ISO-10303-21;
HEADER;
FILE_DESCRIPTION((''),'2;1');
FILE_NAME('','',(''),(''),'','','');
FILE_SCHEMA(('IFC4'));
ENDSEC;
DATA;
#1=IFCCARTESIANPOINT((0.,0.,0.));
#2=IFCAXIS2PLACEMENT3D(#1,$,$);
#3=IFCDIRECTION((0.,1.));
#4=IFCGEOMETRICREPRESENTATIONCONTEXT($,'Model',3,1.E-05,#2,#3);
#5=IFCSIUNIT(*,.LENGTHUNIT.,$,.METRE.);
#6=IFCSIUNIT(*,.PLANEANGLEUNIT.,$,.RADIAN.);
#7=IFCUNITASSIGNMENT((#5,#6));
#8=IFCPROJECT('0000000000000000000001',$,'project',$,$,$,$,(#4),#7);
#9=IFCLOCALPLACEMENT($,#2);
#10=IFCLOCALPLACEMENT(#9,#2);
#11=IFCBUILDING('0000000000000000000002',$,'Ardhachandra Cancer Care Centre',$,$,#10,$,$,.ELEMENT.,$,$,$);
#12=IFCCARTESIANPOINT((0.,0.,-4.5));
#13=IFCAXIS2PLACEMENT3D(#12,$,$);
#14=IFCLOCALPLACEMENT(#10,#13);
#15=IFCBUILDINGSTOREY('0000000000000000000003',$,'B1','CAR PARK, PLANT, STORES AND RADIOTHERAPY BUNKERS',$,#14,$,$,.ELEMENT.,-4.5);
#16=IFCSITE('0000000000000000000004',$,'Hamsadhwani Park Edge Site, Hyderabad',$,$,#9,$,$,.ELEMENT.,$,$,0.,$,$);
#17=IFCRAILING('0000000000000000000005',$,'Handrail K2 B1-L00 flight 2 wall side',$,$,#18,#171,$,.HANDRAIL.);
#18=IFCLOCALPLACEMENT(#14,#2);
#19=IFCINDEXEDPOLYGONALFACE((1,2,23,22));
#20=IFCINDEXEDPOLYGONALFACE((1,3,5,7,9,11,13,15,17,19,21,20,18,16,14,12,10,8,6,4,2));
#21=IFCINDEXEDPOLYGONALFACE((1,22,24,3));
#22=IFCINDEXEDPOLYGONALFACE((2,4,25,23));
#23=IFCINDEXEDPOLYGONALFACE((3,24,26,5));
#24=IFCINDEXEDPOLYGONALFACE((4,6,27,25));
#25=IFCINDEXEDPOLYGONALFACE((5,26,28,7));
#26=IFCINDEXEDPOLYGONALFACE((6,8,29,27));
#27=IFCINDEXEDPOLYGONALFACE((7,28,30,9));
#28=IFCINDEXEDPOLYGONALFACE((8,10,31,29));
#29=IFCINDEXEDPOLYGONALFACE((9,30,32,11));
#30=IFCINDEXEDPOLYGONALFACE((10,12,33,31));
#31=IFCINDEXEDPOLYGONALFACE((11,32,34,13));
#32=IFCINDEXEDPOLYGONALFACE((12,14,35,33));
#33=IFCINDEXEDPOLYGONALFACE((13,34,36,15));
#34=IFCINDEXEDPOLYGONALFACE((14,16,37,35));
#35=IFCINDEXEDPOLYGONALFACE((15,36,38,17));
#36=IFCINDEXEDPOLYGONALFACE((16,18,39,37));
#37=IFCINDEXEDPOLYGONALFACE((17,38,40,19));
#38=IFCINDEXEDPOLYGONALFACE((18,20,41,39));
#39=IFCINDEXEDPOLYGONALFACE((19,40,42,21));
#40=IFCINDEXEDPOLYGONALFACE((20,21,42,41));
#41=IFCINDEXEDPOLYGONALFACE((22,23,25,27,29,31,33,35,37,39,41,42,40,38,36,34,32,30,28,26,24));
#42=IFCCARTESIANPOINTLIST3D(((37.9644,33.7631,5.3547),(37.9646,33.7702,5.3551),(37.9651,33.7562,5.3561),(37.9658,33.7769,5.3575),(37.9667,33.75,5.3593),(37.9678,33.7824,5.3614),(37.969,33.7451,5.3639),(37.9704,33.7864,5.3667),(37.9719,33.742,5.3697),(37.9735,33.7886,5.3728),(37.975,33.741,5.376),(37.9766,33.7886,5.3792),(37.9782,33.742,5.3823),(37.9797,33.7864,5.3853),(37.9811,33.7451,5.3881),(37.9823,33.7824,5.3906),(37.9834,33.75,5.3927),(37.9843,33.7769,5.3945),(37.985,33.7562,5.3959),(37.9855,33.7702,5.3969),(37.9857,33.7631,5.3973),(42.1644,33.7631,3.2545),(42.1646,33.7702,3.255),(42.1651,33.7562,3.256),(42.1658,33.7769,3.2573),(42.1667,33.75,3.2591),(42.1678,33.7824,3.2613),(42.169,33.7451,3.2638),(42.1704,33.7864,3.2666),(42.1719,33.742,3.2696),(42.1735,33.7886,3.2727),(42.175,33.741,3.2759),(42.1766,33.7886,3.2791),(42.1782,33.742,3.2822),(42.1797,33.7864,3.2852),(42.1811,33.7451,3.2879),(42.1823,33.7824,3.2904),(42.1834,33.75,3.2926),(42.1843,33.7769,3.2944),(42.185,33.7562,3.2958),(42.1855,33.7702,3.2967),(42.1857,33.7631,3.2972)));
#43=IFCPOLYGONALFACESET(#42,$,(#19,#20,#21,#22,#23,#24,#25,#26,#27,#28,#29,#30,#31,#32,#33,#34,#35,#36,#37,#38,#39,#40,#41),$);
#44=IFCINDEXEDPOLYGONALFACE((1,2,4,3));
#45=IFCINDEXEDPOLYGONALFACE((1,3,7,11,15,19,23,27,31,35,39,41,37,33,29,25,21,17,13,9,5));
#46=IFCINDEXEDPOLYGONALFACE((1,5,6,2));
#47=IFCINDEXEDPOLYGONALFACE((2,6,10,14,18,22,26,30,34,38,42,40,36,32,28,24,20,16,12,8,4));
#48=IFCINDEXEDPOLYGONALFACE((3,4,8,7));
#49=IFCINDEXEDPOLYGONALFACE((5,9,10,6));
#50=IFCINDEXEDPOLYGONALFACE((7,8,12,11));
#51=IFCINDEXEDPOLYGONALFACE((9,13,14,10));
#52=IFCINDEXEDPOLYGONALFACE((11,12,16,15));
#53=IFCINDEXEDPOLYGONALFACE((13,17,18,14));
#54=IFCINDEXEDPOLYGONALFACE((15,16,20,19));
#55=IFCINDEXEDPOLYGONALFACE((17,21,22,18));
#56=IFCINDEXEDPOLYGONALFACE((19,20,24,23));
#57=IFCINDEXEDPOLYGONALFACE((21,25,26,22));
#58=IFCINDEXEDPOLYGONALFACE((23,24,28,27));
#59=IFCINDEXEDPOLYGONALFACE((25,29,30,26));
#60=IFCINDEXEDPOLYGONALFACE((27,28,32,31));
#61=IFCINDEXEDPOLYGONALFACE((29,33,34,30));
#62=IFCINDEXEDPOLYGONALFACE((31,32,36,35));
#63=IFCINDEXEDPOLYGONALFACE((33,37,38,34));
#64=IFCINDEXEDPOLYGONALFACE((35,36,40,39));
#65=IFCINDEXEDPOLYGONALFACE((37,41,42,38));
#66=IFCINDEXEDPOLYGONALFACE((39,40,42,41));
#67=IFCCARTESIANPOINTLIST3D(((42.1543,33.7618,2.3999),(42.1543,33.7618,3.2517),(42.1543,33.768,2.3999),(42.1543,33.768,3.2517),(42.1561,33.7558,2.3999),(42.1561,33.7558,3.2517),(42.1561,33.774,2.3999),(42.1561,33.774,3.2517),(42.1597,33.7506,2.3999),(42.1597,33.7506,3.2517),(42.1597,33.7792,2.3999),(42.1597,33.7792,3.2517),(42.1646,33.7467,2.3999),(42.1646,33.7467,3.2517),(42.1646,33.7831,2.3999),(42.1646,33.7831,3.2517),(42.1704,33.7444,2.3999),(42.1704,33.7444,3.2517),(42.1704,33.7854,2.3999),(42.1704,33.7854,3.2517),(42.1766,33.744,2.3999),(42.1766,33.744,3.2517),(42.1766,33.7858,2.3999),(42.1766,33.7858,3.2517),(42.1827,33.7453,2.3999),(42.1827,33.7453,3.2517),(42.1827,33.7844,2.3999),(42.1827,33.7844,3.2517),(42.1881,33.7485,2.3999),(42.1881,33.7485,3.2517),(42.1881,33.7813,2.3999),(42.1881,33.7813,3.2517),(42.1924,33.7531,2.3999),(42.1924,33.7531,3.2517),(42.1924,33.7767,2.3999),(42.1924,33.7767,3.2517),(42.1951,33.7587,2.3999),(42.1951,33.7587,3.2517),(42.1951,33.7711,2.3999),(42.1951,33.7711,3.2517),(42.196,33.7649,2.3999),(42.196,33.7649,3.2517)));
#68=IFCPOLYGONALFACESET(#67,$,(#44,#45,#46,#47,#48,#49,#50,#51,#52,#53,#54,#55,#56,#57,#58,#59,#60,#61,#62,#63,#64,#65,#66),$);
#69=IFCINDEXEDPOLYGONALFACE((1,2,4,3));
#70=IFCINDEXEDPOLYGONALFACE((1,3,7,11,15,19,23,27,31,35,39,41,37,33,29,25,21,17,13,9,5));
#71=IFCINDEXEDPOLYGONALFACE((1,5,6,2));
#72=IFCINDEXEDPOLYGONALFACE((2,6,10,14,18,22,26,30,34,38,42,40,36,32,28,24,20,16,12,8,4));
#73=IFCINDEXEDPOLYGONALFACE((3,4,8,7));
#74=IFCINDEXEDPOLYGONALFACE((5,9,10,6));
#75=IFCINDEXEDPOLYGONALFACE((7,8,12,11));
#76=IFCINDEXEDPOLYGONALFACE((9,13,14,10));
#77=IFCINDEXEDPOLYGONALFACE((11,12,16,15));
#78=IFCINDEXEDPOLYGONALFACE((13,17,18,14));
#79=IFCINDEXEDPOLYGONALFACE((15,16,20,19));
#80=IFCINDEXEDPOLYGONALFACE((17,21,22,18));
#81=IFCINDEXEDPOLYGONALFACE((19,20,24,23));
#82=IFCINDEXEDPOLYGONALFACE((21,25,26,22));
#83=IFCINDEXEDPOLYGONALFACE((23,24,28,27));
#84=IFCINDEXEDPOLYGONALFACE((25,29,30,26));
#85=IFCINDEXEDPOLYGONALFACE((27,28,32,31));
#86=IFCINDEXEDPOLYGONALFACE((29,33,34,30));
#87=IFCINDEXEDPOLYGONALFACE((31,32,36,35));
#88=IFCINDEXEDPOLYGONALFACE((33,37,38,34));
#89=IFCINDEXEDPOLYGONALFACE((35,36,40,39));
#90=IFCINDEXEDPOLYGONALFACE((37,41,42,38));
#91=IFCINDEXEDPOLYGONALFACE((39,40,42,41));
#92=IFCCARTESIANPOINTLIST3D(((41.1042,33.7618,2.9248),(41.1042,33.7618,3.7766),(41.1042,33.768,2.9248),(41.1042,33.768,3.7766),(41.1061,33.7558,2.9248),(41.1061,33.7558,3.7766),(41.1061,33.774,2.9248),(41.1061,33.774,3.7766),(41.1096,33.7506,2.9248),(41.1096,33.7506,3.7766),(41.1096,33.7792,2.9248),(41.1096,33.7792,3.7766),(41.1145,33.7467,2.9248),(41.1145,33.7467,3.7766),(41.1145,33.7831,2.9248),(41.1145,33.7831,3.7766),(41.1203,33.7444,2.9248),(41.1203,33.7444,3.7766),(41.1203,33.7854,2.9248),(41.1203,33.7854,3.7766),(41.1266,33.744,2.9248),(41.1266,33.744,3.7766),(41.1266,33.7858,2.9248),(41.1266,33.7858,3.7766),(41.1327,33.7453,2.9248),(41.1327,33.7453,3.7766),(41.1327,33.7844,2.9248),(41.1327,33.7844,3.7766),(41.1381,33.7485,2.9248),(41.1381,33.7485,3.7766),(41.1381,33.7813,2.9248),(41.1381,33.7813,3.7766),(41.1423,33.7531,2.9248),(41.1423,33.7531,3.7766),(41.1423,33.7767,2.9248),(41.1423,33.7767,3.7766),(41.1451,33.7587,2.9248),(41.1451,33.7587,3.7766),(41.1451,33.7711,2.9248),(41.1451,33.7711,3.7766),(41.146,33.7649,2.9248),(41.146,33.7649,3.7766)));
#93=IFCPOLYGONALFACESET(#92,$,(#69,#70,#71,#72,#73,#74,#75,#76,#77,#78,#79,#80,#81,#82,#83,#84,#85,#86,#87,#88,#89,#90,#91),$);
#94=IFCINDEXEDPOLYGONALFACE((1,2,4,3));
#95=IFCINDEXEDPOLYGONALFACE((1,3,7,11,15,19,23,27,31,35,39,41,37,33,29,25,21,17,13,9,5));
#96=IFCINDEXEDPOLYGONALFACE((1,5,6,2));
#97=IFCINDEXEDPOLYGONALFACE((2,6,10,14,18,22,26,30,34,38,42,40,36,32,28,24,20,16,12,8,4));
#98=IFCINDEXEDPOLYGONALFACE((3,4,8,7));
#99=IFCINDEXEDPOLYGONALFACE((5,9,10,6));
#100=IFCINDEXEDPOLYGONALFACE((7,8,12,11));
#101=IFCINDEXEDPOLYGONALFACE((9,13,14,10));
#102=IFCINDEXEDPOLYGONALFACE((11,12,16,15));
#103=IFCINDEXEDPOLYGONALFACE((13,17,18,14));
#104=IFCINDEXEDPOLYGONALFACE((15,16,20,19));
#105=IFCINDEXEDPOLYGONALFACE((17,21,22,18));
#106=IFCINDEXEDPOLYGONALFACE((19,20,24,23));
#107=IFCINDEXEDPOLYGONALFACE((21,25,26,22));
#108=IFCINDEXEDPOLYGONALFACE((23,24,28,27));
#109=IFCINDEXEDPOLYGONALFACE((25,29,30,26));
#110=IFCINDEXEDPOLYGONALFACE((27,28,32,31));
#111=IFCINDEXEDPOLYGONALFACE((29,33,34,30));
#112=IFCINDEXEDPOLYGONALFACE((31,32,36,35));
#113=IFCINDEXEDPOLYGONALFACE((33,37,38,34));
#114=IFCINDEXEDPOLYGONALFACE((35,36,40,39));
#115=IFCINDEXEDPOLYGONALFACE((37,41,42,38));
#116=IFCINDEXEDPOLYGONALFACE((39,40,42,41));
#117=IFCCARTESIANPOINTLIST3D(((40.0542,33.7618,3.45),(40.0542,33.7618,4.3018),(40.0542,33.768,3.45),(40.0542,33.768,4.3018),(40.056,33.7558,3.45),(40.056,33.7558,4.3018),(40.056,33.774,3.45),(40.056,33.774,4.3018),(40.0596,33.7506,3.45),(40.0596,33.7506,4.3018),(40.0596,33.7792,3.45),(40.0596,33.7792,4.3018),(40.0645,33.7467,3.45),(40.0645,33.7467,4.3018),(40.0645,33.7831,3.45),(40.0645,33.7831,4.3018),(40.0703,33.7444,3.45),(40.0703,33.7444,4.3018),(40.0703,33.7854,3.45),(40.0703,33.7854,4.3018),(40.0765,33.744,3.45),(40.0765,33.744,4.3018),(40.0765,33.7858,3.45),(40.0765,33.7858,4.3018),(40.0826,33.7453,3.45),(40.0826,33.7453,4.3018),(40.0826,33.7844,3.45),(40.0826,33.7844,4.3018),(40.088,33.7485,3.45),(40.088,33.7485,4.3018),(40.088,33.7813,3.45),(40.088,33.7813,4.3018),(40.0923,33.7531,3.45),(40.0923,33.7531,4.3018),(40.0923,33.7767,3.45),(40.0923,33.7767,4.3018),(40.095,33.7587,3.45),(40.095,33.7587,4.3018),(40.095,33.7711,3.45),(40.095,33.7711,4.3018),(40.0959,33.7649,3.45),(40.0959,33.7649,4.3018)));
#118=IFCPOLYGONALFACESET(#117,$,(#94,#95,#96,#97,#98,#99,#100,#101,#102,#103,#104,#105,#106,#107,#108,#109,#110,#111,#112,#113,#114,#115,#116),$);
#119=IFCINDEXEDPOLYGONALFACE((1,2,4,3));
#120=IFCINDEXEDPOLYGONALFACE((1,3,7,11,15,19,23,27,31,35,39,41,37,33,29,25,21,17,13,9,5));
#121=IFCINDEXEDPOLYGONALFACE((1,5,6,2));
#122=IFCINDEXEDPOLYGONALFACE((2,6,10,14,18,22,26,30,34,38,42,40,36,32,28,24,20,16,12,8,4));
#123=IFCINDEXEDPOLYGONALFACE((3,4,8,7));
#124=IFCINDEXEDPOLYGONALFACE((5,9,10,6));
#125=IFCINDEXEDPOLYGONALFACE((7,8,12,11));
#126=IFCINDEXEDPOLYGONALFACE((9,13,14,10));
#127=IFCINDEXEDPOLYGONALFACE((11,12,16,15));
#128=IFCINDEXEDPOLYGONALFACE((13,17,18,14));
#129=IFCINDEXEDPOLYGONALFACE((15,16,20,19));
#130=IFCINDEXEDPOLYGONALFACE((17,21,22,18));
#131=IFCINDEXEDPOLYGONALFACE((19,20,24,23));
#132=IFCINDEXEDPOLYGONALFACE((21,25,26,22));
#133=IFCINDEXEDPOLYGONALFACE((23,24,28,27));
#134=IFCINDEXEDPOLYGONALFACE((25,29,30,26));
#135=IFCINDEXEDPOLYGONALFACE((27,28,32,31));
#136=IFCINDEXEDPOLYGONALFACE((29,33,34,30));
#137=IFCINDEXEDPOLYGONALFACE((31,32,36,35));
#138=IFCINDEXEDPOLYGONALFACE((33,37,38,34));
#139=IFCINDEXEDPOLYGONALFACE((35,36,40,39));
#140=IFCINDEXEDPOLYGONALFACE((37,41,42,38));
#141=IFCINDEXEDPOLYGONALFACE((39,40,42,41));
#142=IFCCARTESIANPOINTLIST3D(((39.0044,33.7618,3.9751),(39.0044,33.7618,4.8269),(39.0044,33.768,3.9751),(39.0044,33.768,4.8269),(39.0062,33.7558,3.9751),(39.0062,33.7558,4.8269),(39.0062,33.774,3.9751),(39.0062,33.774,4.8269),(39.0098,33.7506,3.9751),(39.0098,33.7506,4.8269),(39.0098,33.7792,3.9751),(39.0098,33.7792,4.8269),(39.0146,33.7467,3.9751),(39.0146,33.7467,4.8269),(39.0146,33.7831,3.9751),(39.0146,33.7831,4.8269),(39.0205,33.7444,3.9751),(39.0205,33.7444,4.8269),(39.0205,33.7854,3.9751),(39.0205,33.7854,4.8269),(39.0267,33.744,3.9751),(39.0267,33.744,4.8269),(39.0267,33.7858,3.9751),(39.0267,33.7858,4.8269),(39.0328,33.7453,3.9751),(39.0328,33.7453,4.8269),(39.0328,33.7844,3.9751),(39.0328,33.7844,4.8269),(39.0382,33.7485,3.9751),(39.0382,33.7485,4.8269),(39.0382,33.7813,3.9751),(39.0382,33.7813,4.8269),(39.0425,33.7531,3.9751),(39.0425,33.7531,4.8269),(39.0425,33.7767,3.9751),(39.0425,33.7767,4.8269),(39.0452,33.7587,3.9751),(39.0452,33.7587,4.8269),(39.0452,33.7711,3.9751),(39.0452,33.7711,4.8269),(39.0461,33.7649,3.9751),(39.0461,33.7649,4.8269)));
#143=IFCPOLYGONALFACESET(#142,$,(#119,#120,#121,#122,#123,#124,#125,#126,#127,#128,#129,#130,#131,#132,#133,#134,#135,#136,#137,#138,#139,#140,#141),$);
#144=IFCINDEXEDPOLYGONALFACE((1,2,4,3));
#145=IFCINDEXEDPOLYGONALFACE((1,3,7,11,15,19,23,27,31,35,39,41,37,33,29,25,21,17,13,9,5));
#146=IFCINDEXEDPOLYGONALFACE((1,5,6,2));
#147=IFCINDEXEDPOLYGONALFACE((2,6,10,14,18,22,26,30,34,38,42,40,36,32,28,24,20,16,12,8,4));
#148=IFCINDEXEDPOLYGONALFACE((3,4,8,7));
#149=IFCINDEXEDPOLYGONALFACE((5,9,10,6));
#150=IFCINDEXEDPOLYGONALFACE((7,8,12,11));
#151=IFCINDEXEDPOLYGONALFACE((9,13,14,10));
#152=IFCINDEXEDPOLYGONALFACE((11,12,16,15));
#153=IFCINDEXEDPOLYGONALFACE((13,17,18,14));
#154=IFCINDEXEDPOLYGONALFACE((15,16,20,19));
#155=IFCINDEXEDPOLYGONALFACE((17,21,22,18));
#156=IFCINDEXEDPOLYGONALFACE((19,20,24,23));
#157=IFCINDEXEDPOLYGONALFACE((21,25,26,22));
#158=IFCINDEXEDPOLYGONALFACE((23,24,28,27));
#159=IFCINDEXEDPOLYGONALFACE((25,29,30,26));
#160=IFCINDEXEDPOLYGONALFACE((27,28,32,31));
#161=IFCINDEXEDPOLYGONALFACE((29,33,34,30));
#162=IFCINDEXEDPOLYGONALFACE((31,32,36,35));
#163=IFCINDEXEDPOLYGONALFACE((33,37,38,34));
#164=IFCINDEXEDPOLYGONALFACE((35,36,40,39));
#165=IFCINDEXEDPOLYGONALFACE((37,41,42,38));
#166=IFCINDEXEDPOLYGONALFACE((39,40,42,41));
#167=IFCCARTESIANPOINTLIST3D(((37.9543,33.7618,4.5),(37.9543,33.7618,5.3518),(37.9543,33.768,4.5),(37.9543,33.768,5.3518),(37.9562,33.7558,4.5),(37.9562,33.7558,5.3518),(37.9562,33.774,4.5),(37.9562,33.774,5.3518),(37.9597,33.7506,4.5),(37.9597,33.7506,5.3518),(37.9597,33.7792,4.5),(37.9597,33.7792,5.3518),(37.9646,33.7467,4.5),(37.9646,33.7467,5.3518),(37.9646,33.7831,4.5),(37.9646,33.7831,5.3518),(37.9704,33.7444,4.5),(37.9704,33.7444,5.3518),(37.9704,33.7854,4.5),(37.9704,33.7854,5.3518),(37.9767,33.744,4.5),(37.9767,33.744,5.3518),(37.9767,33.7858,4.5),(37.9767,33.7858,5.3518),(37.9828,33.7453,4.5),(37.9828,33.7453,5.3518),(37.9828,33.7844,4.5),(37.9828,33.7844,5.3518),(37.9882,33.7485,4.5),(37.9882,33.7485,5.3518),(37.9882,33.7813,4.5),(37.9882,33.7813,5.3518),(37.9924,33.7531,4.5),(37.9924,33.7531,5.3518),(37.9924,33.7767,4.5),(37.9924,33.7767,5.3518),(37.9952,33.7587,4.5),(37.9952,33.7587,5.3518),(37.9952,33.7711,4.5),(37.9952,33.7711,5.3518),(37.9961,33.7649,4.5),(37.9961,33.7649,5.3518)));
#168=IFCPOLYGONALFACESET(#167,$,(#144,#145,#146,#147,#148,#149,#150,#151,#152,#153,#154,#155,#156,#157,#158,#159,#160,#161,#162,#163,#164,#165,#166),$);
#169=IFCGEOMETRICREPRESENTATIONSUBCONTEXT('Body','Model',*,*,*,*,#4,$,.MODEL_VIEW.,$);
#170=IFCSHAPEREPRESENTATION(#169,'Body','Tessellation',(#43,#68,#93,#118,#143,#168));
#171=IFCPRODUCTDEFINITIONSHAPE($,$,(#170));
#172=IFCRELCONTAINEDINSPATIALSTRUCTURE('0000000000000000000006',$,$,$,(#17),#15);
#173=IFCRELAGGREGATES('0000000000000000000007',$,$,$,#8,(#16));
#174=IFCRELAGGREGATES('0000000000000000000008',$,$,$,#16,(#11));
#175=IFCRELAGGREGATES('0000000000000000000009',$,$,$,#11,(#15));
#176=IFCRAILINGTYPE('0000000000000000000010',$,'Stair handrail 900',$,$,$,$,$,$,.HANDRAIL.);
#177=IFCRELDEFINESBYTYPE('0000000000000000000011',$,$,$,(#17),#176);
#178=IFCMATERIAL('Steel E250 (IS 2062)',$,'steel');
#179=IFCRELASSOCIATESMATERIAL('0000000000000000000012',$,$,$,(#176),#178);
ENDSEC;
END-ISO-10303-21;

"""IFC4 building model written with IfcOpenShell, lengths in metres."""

from ifc_helpers import new_model, si_unit, direction, frame, origin, origin_2d, place, context, subcontext, project, spatial, circle, extrude, material, type_object, element, save


model = new_model("IFC4")

# Units and contexts
model_context = context("Model", 3, precision=1e-05, world=origin(), true_north=direction((0.0, 1.0)))
body_context = subcontext(model_context, "Body", "Model", "MODEL_VIEW")
ifc_project = project(units=[si_unit("LENGTHUNIT", "METRE"), si_unit("PLANEANGLEUNIT", "RADIAN")], contexts=[model_context])

# Site, building, storey
site_placement = place(None, origin())
site = spatial("IfcSite", under=ifc_project, at=site_placement, Name="Hamsadhwani Park Edge Site, Hyderabad", CompositionType="ELEMENT", RefElevation=0.0)
building_placement = place(site_placement, origin())
building = spatial("IfcBuilding", under=site, at=building_placement, Name="Ardhachandra Cancer Care Centre", CompositionType="ELEMENT")
storey_placement = place(building_placement, frame((0.0, 0.0, -4.5)))
storey = spatial("IfcBuildingStorey", under=building, at=storey_placement, Name="B1", Description="CAR PARK, PLANT, STORES AND RADIOTHERAPY BUNKERS", CompositionType="ELEMENT", Elevation=-4.5)

# Railing
ifc_material_1 = material(Name="Steel E250 (IS 2062)", Category="steel")
railing_type = type_object("IfcRailingType", Name="Stair handrail 900", PredefinedType="HANDRAIL", material=ifc_material_1)
for number, where, name in (
    (1, (42.175, 33.7649, 2.3999), "Handrail K2 B1-L00 flight 2 wall side"),
):
    element("IfcRailing", number, at=place(storey_placement, frame(where)), inside=storey, type_object=railing_type, Name=name, PredefinedType="HANDRAIL", context=body_context, shape_type="SweptSolid", body=[
        extrude(circle(Radius=0.0239, at=origin_2d()), frame((0.0, 0.0, 0.876), z_axis=(-0.894417, 0.0, 0.447234), x_axis=(0.0, -1.0, 0.0)), (0.0, 0.0, 1.0), 4.6958),
        extrude(circle(Radius=0.021, at=origin_2d()), origin(), (0.0, 0.0, 1.0), 0.8518),
        extrude(circle(Radius=0.021, at=origin_2d()), frame((-1.05, 0.0, 0.5249)), (0.0, 0.0, 1.0), 0.8518),
        extrude(circle(Radius=0.021, at=origin_2d()), frame((-2.1001, 0.0, 1.05)), (0.0, 0.0, 1.0), 0.8518),
        extrude(circle(Radius=0.021, at=origin_2d()), frame((-3.1499, 0.0, 1.5752)), (0.0, 0.0, 1.0), 0.8518),
        extrude(circle(Radius=0.021, at=origin_2d()), frame((-4.2, 0.0, 2.1001)), (0.0, 0.0, 1.0), 0.8518),
    ])

save(model, "model.ifc")
